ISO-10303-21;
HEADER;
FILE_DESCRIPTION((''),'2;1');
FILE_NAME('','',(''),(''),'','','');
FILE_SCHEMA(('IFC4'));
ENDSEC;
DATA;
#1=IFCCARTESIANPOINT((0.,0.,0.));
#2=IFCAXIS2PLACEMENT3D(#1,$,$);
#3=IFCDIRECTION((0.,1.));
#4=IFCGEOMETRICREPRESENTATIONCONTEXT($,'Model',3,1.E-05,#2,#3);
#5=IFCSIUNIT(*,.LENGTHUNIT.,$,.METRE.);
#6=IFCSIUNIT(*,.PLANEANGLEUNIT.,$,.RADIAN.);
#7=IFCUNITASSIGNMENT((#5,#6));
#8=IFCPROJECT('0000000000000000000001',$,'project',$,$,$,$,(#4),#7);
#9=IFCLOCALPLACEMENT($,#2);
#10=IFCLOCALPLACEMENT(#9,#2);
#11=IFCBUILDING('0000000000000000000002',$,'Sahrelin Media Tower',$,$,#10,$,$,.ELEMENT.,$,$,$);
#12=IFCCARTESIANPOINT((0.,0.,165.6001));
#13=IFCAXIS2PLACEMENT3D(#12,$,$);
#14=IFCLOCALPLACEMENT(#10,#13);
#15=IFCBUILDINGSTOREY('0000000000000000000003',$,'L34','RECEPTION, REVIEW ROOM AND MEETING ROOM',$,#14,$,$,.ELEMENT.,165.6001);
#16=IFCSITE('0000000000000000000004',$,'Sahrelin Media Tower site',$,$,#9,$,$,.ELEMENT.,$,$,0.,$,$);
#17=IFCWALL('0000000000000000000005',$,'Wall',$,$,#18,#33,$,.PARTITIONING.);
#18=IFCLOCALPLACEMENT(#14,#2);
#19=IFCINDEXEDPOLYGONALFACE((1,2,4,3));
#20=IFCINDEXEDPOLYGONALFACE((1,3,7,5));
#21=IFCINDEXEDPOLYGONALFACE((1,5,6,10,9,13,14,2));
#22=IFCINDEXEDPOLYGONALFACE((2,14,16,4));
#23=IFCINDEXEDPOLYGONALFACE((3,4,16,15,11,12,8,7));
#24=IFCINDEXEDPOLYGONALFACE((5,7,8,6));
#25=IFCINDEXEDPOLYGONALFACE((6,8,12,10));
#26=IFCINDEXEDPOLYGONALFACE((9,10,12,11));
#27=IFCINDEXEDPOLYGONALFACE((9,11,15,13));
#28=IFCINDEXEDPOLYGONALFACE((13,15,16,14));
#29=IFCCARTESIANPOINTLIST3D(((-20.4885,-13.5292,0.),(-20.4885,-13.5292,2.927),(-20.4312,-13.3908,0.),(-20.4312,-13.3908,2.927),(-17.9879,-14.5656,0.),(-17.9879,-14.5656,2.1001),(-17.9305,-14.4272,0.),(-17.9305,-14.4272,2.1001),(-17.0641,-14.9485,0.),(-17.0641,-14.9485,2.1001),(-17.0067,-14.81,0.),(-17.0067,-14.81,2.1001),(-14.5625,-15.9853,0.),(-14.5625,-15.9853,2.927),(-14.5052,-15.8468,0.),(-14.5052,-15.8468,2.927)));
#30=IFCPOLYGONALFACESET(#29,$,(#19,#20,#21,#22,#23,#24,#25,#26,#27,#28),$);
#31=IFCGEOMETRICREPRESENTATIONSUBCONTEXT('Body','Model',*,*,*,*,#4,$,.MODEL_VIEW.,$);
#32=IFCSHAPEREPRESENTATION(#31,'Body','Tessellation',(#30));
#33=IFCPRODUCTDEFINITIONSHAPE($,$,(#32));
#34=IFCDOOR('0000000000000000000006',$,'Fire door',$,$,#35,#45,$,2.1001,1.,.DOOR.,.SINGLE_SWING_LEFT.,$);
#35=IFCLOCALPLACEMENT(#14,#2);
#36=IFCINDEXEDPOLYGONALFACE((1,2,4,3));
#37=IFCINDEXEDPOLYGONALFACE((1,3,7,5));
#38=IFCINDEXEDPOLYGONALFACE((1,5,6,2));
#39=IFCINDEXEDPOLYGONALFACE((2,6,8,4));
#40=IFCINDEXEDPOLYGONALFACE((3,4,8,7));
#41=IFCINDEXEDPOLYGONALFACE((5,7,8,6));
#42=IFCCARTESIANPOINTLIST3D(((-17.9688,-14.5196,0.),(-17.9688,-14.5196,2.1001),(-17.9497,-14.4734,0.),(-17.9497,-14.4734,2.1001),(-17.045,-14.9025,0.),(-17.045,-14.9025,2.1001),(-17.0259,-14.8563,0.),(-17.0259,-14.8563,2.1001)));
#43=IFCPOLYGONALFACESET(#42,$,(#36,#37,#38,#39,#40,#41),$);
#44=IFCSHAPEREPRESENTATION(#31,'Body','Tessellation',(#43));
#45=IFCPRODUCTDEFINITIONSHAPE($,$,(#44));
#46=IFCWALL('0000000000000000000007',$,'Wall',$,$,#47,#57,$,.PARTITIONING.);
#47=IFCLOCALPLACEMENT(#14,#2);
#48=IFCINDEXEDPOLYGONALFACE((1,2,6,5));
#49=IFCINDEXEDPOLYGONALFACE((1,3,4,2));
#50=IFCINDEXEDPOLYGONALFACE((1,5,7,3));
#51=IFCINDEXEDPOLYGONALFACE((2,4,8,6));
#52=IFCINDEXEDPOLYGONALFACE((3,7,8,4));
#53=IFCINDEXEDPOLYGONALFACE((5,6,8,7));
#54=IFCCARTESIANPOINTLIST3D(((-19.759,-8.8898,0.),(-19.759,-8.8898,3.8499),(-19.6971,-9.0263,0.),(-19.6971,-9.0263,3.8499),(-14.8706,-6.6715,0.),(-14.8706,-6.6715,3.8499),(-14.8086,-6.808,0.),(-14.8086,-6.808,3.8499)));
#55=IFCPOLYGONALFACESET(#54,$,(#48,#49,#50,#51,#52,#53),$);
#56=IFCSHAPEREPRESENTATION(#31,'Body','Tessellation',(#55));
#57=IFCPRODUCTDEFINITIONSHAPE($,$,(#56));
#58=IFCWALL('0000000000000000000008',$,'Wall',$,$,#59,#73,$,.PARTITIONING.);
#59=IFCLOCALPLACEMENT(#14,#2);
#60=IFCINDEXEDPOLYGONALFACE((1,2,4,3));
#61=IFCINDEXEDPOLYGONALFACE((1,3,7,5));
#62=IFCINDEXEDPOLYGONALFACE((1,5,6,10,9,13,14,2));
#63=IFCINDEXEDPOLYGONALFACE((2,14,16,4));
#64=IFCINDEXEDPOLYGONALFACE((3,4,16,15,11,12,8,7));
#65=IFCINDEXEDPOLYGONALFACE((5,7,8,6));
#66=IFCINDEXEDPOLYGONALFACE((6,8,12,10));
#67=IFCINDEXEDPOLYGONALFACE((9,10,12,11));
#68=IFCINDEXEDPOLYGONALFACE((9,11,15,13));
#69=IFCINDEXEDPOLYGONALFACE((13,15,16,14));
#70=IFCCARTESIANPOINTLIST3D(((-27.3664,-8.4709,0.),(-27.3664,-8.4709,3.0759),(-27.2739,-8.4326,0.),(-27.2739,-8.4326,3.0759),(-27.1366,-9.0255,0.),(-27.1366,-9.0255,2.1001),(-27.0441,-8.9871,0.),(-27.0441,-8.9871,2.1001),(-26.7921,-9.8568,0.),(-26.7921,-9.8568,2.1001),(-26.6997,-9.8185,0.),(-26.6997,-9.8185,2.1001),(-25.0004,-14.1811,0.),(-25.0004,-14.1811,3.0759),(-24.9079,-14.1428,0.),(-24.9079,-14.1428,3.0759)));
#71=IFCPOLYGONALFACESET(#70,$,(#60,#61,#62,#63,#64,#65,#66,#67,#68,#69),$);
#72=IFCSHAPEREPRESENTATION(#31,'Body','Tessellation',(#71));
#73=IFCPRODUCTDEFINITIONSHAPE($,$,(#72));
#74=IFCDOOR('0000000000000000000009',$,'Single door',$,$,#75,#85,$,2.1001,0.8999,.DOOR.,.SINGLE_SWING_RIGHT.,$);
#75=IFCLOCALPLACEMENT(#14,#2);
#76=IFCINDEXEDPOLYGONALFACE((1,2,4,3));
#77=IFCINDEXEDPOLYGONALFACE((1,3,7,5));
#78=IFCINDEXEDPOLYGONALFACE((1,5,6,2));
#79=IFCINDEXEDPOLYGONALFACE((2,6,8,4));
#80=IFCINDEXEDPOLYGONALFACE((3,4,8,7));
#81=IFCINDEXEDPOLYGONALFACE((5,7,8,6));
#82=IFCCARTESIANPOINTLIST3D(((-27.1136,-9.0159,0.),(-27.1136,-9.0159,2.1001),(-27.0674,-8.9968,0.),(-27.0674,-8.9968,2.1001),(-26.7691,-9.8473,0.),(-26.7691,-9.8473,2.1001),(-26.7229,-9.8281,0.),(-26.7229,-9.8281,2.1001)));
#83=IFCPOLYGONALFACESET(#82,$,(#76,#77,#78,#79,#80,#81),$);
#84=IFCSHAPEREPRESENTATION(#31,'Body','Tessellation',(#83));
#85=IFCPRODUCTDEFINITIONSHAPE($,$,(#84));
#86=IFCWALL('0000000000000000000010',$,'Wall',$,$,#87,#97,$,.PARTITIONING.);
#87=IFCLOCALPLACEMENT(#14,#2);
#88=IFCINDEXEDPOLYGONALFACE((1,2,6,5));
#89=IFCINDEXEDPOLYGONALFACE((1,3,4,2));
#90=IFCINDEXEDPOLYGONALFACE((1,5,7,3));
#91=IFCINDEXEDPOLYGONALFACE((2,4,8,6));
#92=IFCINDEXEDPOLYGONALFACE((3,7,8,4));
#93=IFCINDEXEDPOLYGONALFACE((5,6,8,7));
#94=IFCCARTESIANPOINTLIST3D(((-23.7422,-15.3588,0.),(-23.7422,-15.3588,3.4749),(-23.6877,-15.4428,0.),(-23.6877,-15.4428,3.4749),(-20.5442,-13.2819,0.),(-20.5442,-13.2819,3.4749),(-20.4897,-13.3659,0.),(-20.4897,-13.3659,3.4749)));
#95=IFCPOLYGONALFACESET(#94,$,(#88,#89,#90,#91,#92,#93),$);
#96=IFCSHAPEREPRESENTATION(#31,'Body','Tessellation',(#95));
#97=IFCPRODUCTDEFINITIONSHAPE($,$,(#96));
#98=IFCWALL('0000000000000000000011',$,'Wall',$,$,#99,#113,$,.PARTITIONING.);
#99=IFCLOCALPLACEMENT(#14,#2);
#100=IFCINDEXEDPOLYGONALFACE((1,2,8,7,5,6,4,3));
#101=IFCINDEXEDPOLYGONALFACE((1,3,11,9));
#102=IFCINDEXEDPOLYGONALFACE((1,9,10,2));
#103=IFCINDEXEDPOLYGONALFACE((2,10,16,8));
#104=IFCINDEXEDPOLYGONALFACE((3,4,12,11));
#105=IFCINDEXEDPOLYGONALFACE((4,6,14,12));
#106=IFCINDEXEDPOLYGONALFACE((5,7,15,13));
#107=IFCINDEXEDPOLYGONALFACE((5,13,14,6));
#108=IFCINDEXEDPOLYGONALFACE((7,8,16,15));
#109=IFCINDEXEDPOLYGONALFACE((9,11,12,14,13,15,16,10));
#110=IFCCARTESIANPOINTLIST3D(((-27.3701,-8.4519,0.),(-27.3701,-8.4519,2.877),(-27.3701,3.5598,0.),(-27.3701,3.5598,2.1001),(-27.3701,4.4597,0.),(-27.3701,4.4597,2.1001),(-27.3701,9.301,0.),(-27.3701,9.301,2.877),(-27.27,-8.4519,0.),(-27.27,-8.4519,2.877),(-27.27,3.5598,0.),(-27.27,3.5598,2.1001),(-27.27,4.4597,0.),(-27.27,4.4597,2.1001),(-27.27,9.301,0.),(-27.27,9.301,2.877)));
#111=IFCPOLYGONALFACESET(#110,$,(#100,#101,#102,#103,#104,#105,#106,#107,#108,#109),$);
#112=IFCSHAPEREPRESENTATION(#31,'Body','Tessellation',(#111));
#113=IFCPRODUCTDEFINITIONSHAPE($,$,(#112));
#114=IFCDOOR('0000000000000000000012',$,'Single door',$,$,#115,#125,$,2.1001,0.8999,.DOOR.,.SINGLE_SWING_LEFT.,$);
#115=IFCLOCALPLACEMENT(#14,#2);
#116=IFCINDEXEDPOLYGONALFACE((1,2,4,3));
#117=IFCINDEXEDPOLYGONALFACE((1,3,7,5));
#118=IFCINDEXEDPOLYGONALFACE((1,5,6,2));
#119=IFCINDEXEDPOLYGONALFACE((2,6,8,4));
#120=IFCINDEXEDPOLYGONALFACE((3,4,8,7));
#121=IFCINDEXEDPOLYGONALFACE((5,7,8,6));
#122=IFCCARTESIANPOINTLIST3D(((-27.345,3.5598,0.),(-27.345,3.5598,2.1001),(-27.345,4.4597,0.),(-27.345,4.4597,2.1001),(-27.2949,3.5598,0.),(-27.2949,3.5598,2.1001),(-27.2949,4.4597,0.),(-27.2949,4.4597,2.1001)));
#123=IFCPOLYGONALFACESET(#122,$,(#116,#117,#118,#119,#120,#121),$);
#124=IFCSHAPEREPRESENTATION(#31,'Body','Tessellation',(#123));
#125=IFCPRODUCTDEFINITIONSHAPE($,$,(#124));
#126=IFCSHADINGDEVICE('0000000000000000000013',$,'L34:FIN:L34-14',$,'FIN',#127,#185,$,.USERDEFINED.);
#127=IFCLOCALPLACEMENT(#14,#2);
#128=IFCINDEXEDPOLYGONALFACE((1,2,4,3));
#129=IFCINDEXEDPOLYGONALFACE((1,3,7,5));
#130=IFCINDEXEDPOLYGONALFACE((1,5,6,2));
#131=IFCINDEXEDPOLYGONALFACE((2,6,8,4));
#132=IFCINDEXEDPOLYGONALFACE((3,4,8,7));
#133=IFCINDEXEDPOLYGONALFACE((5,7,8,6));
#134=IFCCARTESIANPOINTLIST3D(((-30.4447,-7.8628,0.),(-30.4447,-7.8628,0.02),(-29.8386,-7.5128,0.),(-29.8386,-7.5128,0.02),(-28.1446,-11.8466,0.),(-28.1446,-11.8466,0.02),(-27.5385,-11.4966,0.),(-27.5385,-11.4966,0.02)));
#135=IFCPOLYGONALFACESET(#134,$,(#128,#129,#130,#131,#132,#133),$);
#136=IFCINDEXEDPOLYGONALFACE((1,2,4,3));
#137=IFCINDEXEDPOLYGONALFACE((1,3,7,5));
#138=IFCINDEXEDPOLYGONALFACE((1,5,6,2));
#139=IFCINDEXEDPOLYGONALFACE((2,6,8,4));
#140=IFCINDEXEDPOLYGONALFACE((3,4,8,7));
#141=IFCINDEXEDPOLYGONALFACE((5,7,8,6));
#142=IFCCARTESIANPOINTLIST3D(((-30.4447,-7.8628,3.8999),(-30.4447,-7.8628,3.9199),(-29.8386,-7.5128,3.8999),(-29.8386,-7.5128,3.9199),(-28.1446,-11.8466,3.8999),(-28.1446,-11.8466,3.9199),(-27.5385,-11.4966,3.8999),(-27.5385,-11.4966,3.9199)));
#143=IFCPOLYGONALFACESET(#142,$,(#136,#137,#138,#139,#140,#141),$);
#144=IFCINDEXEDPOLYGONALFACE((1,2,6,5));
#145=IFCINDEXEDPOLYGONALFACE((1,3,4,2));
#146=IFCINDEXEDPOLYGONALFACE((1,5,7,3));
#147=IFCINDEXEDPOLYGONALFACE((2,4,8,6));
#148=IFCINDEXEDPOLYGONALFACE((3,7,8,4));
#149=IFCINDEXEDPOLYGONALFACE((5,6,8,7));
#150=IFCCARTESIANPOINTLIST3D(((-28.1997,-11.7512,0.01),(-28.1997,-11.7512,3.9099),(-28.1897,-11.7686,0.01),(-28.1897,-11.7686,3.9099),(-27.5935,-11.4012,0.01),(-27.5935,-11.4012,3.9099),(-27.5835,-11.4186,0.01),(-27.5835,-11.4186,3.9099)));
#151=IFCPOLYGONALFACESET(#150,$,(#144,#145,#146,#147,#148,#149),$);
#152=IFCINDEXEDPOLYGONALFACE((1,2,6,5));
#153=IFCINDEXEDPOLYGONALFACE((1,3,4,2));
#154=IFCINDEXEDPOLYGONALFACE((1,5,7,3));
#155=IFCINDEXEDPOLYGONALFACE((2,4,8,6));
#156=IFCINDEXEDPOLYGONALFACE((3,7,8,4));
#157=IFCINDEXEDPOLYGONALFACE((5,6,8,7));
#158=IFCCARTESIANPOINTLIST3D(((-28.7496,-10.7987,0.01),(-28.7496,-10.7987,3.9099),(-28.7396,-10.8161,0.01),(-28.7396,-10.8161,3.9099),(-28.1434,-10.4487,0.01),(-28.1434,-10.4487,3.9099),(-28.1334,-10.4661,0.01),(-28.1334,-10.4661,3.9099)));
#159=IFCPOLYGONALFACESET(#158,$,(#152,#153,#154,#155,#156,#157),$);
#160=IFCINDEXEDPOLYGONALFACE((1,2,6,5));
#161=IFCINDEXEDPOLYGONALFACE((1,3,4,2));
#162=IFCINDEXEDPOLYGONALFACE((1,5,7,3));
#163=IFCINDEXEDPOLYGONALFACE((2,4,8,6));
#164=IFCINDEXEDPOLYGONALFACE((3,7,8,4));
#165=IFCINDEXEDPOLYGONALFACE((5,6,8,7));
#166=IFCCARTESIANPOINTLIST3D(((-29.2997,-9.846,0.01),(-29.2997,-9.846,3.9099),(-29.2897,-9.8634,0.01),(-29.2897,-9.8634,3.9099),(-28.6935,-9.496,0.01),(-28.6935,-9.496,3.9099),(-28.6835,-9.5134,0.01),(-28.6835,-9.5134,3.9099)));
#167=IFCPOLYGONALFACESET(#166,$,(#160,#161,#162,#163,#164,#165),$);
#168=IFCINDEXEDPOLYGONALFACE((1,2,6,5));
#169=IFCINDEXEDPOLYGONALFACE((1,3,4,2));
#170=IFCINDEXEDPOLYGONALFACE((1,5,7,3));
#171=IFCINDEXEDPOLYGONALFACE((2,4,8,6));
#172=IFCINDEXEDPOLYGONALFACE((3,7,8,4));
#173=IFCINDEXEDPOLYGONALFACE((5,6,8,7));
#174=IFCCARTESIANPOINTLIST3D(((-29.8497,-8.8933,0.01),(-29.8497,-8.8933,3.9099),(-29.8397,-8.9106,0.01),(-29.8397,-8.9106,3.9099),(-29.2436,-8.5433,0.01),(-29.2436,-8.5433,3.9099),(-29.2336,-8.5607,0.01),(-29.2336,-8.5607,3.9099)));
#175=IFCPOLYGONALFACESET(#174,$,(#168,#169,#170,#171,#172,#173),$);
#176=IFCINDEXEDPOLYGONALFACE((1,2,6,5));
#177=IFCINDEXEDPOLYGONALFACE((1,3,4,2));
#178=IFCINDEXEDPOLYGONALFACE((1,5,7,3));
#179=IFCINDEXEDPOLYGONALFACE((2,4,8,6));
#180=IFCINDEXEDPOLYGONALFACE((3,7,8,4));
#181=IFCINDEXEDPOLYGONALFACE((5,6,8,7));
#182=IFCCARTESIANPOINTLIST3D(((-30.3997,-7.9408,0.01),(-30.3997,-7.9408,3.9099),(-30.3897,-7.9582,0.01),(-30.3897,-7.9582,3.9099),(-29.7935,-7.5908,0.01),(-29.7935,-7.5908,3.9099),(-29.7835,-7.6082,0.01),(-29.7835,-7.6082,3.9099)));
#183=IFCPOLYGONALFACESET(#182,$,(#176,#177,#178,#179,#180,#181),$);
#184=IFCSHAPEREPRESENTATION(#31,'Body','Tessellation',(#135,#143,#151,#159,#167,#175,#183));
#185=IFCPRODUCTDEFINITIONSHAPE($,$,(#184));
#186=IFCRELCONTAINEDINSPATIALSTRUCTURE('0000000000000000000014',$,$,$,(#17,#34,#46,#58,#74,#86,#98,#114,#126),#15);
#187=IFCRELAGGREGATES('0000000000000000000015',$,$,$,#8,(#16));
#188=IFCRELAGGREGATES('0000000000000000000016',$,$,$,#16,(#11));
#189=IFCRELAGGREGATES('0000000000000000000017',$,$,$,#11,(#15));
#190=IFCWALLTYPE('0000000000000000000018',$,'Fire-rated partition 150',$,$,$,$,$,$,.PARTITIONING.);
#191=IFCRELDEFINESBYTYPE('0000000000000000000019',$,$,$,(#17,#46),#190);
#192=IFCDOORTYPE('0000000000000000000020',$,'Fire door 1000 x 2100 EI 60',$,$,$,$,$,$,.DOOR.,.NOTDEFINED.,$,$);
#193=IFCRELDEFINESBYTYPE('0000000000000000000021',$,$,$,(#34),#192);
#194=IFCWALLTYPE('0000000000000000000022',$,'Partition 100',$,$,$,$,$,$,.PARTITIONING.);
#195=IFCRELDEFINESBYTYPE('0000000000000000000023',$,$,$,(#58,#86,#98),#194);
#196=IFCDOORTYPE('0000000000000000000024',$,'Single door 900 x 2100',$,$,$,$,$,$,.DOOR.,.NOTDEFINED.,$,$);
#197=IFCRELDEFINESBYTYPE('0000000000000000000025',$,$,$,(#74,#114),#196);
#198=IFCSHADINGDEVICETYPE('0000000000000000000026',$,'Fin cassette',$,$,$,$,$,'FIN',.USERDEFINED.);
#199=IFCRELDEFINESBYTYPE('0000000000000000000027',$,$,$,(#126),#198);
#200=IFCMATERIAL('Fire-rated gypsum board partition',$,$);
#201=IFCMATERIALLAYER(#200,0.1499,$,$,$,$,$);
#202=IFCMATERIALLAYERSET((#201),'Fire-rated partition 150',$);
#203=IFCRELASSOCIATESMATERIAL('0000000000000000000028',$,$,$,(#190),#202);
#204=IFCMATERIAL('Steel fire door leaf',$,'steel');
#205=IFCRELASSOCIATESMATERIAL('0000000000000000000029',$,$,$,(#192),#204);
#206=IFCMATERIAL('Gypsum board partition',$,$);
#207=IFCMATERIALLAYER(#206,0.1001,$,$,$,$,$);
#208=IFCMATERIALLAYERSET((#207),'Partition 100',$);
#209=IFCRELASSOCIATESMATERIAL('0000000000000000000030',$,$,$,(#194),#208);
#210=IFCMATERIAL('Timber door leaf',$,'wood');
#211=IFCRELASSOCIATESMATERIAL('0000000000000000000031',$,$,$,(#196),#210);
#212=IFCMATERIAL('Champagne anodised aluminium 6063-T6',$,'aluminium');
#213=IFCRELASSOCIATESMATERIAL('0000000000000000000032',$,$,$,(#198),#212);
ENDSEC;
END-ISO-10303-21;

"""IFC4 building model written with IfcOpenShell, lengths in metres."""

from ifc_helpers import new_model, si_unit, direction, frame, frame_2d, origin, origin_2d, place, context, subcontext, project, spatial, rectangle, extrude, material, layer, layer_set, type_object, element, fill, save


model = new_model("IFC4")

# Units and contexts
model_context = context("Model", 3, precision=1e-05, world=origin(), true_north=direction((0.0, 1.0)))
body_context = subcontext(model_context, "Body", "Model", "MODEL_VIEW")
ifc_project = project(units=[si_unit("LENGTHUNIT", "METRE"), si_unit("PLANEANGLEUNIT", "RADIAN")], contexts=[model_context])

# Site, building, storey
site_placement = place(None, origin())
site = spatial("IfcSite", under=ifc_project, at=site_placement, Name="Sahrelin Media Tower site", CompositionType="ELEMENT", RefElevation=0.0)
building_placement = place(site_placement, origin())
building = spatial("IfcBuilding", under=site, at=building_placement, Name="Sahrelin Media Tower", CompositionType="ELEMENT")
storey_placement = place(building_placement, frame((0.0, 0.0, 165.6001)))
storey = spatial("IfcBuildingStorey", under=building, at=storey_placement, Name="L34", Description="RECEPTION, REVIEW ROOM AND MEETING ROOM", CompositionType="ELEMENT", Elevation=165.6001)

# Shared definitions
ifc_material_1 = material(Name="Champagne anodised aluminium 6063-T6", Category="aluminium")

# Wall, opening, door
ifc_material_2 = material(Name="Fire-rated gypsum board partition")
ifc_layer_1 = layer(ifc_material_2, 0.1499)
ifc_layer_set_1 = layer_set([ifc_layer_1], Name="Fire-rated partition 150")
wall_type_1 = type_object("IfcWallType", Name="Fire-rated partition 150", PredefinedType="PARTITIONING", material=ifc_layer_set_1)
wall_1_placement = place(storey_placement, frame((-20.46, -13.46, 0.0), z_axis=(0.0, 0.0, 1.0), x_axis=(0.923802, -0.382872, 0.0)))
wall_1 = element("IfcWall", 1, at=wall_1_placement, inside=storey, type_object=wall_type_1, Name="Wall", PredefinedType="PARTITIONING", context=body_context, shape_type="SweptSolid", body=[
    extrude(rectangle(XDim=6.4148, YDim=0.1499, at=frame_2d((3.2075, 0.0))), origin(), (0.0, 0.0, 1.0), 2.927),
])
opening_1_placement = place(wall_1_placement, frame((2.707, 0.0, 0.0)))
opening_1 = element("IfcOpeningElement", 2, at=opening_1_placement, cuts=wall_1, PredefinedType="OPENING", context=body_context, shape_type="SweptSolid", body=[
    extrude(rectangle(XDim=1.0, YDim=2.1001, at=frame_2d((0.5, 1.05))), frame((0.0, 0.075, 0.0), z_axis=(0.0, -1.0, 0.0), x_axis=(1.0, 0.0, 0.0)), (0.0, 0.0, 1.0), 0.1499),
])
ifc_material_3 = material(Name="Steel fire door leaf", Category="steel")
door_type_1 = type_object("IfcDoorType", Name="Fire door 1000 x 2100 EI 60", OperationType="NOTDEFINED", PredefinedType="DOOR", material=ifc_material_3)
door_1_placement = place(opening_1_placement, origin())
door_1 = element("IfcDoor", 3, at=door_1_placement, inside=storey, type_object=door_type_1, Name="Fire door", OperationType="SINGLE_SWING_LEFT", OverallHeight=2.1001, OverallWidth=1.0, PredefinedType="DOOR", context=body_context, shape_type="SweptSolid", body=[
    extrude(rectangle(XDim=1.0, YDim=2.1001, at=frame_2d((0.5, 1.05))), frame((0.0, 0.0249, 0.0), z_axis=(0.0, -1.0, 0.0), x_axis=(1.0, 0.0, 0.0)), (0.0, 0.0, 1.0), 0.05),
])
fill(opening_1, door_1)

# Wall
wall_2_placement = place(storey_placement, frame((-19.728, -8.958, 0.0), z_axis=(0.0, 0.0, 1.0), x_axis=(0.91063, 0.413224, 0.0)))
element("IfcWall", 4, at=wall_2_placement, inside=storey, type_object=wall_type_1, Name="Wall", PredefinedType="PARTITIONING", context=body_context, shape_type="SweptSolid", body=[
    extrude(rectangle(XDim=5.3682, YDim=0.1499, at=frame_2d((2.6841, 0.0))), origin(), (0.0, 0.0, 1.0), 3.8499),
])

# Wall, opening, door
ifc_material_4 = material(Name="Gypsum board partition")
ifc_layer_2 = layer(ifc_material_4, 0.1001)
ifc_layer_set_2 = layer_set([ifc_layer_2], Name="Partition 100")
wall_type_2 = type_object("IfcWallType", Name="Partition 100", PredefinedType="PARTITIONING", material=ifc_layer_set_2)
wall_3_placement = place(storey_placement, frame((-27.3201, -8.4519, 0.0), z_axis=(0.0, 0.0, 1.0), x_axis=(0.382783, -0.923838, 0.0)))
wall_3 = element("IfcWall", 5, at=wall_3_placement, inside=storey, type_object=wall_type_2, Name="Wall", PredefinedType="PARTITIONING", context=body_context, shape_type="SweptSolid", body=[
    extrude(rectangle(XDim=6.1809, YDim=0.1001, at=frame_2d((3.0903, 0.0))), origin(), (0.0, 0.0, 1.0), 3.0759),
])
opening_2_placement = place(wall_3_placement, frame((0.6001, 0.0, 0.0)))
opening_2 = element("IfcOpeningElement", 6, at=opening_2_placement, cuts=wall_3, PredefinedType="OPENING", context=body_context, shape_type="SweptSolid", body=[
    extrude(rectangle(XDim=0.8999, YDim=2.1001, at=frame_2d((0.45, 1.05))), frame((0.0, 0.05, 0.0), z_axis=(0.0, -1.0, 0.0), x_axis=(1.0, 0.0, 0.0)), (0.0, 0.0, 1.0), 0.1001),
])
ifc_material_5 = material(Name="Timber door leaf", Category="wood")
door_type_2 = type_object("IfcDoorType", Name="Single door 900 x 2100", OperationType="NOTDEFINED", PredefinedType="DOOR", material=ifc_material_5)
door_2_placement = place(opening_2_placement, origin())
door_2 = element("IfcDoor", 7, at=door_2_placement, inside=storey, type_object=door_type_2, Name="Single door", OperationType="SINGLE_SWING_RIGHT", OverallHeight=2.1001, OverallWidth=0.8999, PredefinedType="DOOR", context=body_context, shape_type="SweptSolid", body=[
    extrude(rectangle(XDim=0.8999, YDim=2.1001, at=frame_2d((0.45, 1.05))), frame((0.0, 0.0249, 0.0), z_axis=(0.0, -1.0, 0.0), x_axis=(1.0, 0.0, 0.0)), (0.0, 0.0, 1.0), 0.05),
])
fill(opening_2, door_2)

# Wall
wall_4_placement = place(storey_placement, frame((-23.7151, -15.4009, 0.0), z_axis=(0.0, 0.0, 1.0), x_axis=(0.838659, 0.544657, 0.0)))
element("IfcWall", 8, at=wall_4_placement, inside=storey, type_object=wall_type_2, Name="Wall", PredefinedType="PARTITIONING", context=body_context, shape_type="SweptSolid", body=[
    extrude(rectangle(XDim=3.8132, YDim=0.1001, at=frame_2d((1.9067, 0.0))), origin(), (0.0, 0.0, 1.0), 3.4749),
])

# Wall, opening, door
wall_5_placement = place(storey_placement, frame((-27.3201, -8.4519, 0.0), z_axis=(0.0, 0.0, 1.0), x_axis=(0.0, 1.0, 0.0)))
wall_5 = element("IfcWall", 9, at=wall_5_placement, inside=storey, type_object=wall_type_2, Name="Wall", PredefinedType="PARTITIONING", context=body_context, shape_type="SweptSolid", body=[
    extrude(rectangle(XDim=17.7529, YDim=0.1001, at=frame_2d((8.8765, 0.0))), origin(), (0.0, 0.0, 1.0), 2.877),
])
opening_3_placement = place(wall_5_placement, frame((12.0117, 0.0, 0.0)))
opening_3 = element("IfcOpeningElement", 10, at=opening_3_placement, cuts=wall_5, PredefinedType="OPENING", context=body_context, shape_type="SweptSolid", body=[
    extrude(rectangle(XDim=0.8999, YDim=2.1001, at=frame_2d((0.45, 1.05))), frame((0.0, 0.05, 0.0), z_axis=(0.0, -1.0, 0.0), x_axis=(1.0, 0.0, 0.0)), (0.0, 0.0, 1.0), 0.1001),
])
door_3_placement = place(opening_3_placement, origin())
door_3 = element("IfcDoor", 11, at=door_3_placement, inside=storey, type_object=door_type_2, Name="Single door", OperationType="SINGLE_SWING_LEFT", OverallHeight=2.1001, OverallWidth=0.8999, PredefinedType="DOOR", context=body_context, shape_type="SweptSolid", body=[
    extrude(rectangle(XDim=0.8999, YDim=2.1001, at=frame_2d((0.45, 1.05))), frame((0.0, 0.0249, 0.0), z_axis=(0.0, -1.0, 0.0), x_axis=(1.0, 0.0, 0.0)), (0.0, 0.0, 1.0), 0.05),
])
fill(opening_3, door_3)

# Shading device
shading_device_type_1 = type_object("IfcShadingDeviceType", Name="Fin cassette", ElementType="FIN", PredefinedType="USERDEFINED", material=ifc_material_1)
placement_1 = place(storey_placement, frame((-28.6279, -9.4697, 0.0), z_axis=(0.0, 0.0, 1.0), x_axis=(-0.500011, 0.866019, 0.0)))
element("IfcShadingDevice", 12, at=placement_1, inside=storey, type_object=shading_device_type_1, Name="L34:FIN:L34-14", ObjectType="FIN", PredefinedType="USERDEFINED", context=body_context, shape_type="SweptSolid", body=[
    extrude(rectangle(XDim=4.6001, YDim=0.7, at=origin_2d()), frame((0.0, 0.4199, 0.0)), (0.0, 0.0, 1.0), 0.02),
    extrude(rectangle(XDim=4.6001, YDim=0.7, at=origin_2d()), frame((0.0, 0.4199, 3.8999)), (0.0, 0.0, 1.0), 0.02),
    extrude(rectangle(XDim=0.02, YDim=0.7, at=origin_2d()), frame((-2.2, 0.4199, 0.01), z_axis=(0.0, 0.0, 1.0), x_axis=(1.0, 0.0, 0.0)), (0.0, 0.0, 1.0), 3.8999),
    extrude(rectangle(XDim=0.02, YDim=0.7, at=origin_2d()), frame((-1.1001, 0.4199, 0.01), z_axis=(0.0, 0.0, 1.0), x_axis=(1.0, 0.0, 0.0)), (0.0, 0.0, 1.0), 3.8999),
    extrude(rectangle(XDim=0.02, YDim=0.7, at=origin_2d()), frame((0.0, 0.4199, 0.01), z_axis=(0.0, 0.0, 1.0), x_axis=(1.0, 0.0, 0.0)), (0.0, 0.0, 1.0), 3.8999),
    extrude(rectangle(XDim=0.02, YDim=0.7, at=origin_2d()), frame((1.1001, 0.4199, 0.01), z_axis=(0.0, 0.0, 1.0), x_axis=(1.0, 0.0, 0.0)), (0.0, 0.0, 1.0), 3.8999),
    extrude(rectangle(XDim=0.02, YDim=0.7, at=origin_2d()), frame((2.2, 0.4199, 0.01), z_axis=(0.0, 0.0, 1.0), x_axis=(1.0, 0.0, 0.0)), (0.0, 0.0, 1.0), 3.8999),
])

save(model, "model.ifc")
